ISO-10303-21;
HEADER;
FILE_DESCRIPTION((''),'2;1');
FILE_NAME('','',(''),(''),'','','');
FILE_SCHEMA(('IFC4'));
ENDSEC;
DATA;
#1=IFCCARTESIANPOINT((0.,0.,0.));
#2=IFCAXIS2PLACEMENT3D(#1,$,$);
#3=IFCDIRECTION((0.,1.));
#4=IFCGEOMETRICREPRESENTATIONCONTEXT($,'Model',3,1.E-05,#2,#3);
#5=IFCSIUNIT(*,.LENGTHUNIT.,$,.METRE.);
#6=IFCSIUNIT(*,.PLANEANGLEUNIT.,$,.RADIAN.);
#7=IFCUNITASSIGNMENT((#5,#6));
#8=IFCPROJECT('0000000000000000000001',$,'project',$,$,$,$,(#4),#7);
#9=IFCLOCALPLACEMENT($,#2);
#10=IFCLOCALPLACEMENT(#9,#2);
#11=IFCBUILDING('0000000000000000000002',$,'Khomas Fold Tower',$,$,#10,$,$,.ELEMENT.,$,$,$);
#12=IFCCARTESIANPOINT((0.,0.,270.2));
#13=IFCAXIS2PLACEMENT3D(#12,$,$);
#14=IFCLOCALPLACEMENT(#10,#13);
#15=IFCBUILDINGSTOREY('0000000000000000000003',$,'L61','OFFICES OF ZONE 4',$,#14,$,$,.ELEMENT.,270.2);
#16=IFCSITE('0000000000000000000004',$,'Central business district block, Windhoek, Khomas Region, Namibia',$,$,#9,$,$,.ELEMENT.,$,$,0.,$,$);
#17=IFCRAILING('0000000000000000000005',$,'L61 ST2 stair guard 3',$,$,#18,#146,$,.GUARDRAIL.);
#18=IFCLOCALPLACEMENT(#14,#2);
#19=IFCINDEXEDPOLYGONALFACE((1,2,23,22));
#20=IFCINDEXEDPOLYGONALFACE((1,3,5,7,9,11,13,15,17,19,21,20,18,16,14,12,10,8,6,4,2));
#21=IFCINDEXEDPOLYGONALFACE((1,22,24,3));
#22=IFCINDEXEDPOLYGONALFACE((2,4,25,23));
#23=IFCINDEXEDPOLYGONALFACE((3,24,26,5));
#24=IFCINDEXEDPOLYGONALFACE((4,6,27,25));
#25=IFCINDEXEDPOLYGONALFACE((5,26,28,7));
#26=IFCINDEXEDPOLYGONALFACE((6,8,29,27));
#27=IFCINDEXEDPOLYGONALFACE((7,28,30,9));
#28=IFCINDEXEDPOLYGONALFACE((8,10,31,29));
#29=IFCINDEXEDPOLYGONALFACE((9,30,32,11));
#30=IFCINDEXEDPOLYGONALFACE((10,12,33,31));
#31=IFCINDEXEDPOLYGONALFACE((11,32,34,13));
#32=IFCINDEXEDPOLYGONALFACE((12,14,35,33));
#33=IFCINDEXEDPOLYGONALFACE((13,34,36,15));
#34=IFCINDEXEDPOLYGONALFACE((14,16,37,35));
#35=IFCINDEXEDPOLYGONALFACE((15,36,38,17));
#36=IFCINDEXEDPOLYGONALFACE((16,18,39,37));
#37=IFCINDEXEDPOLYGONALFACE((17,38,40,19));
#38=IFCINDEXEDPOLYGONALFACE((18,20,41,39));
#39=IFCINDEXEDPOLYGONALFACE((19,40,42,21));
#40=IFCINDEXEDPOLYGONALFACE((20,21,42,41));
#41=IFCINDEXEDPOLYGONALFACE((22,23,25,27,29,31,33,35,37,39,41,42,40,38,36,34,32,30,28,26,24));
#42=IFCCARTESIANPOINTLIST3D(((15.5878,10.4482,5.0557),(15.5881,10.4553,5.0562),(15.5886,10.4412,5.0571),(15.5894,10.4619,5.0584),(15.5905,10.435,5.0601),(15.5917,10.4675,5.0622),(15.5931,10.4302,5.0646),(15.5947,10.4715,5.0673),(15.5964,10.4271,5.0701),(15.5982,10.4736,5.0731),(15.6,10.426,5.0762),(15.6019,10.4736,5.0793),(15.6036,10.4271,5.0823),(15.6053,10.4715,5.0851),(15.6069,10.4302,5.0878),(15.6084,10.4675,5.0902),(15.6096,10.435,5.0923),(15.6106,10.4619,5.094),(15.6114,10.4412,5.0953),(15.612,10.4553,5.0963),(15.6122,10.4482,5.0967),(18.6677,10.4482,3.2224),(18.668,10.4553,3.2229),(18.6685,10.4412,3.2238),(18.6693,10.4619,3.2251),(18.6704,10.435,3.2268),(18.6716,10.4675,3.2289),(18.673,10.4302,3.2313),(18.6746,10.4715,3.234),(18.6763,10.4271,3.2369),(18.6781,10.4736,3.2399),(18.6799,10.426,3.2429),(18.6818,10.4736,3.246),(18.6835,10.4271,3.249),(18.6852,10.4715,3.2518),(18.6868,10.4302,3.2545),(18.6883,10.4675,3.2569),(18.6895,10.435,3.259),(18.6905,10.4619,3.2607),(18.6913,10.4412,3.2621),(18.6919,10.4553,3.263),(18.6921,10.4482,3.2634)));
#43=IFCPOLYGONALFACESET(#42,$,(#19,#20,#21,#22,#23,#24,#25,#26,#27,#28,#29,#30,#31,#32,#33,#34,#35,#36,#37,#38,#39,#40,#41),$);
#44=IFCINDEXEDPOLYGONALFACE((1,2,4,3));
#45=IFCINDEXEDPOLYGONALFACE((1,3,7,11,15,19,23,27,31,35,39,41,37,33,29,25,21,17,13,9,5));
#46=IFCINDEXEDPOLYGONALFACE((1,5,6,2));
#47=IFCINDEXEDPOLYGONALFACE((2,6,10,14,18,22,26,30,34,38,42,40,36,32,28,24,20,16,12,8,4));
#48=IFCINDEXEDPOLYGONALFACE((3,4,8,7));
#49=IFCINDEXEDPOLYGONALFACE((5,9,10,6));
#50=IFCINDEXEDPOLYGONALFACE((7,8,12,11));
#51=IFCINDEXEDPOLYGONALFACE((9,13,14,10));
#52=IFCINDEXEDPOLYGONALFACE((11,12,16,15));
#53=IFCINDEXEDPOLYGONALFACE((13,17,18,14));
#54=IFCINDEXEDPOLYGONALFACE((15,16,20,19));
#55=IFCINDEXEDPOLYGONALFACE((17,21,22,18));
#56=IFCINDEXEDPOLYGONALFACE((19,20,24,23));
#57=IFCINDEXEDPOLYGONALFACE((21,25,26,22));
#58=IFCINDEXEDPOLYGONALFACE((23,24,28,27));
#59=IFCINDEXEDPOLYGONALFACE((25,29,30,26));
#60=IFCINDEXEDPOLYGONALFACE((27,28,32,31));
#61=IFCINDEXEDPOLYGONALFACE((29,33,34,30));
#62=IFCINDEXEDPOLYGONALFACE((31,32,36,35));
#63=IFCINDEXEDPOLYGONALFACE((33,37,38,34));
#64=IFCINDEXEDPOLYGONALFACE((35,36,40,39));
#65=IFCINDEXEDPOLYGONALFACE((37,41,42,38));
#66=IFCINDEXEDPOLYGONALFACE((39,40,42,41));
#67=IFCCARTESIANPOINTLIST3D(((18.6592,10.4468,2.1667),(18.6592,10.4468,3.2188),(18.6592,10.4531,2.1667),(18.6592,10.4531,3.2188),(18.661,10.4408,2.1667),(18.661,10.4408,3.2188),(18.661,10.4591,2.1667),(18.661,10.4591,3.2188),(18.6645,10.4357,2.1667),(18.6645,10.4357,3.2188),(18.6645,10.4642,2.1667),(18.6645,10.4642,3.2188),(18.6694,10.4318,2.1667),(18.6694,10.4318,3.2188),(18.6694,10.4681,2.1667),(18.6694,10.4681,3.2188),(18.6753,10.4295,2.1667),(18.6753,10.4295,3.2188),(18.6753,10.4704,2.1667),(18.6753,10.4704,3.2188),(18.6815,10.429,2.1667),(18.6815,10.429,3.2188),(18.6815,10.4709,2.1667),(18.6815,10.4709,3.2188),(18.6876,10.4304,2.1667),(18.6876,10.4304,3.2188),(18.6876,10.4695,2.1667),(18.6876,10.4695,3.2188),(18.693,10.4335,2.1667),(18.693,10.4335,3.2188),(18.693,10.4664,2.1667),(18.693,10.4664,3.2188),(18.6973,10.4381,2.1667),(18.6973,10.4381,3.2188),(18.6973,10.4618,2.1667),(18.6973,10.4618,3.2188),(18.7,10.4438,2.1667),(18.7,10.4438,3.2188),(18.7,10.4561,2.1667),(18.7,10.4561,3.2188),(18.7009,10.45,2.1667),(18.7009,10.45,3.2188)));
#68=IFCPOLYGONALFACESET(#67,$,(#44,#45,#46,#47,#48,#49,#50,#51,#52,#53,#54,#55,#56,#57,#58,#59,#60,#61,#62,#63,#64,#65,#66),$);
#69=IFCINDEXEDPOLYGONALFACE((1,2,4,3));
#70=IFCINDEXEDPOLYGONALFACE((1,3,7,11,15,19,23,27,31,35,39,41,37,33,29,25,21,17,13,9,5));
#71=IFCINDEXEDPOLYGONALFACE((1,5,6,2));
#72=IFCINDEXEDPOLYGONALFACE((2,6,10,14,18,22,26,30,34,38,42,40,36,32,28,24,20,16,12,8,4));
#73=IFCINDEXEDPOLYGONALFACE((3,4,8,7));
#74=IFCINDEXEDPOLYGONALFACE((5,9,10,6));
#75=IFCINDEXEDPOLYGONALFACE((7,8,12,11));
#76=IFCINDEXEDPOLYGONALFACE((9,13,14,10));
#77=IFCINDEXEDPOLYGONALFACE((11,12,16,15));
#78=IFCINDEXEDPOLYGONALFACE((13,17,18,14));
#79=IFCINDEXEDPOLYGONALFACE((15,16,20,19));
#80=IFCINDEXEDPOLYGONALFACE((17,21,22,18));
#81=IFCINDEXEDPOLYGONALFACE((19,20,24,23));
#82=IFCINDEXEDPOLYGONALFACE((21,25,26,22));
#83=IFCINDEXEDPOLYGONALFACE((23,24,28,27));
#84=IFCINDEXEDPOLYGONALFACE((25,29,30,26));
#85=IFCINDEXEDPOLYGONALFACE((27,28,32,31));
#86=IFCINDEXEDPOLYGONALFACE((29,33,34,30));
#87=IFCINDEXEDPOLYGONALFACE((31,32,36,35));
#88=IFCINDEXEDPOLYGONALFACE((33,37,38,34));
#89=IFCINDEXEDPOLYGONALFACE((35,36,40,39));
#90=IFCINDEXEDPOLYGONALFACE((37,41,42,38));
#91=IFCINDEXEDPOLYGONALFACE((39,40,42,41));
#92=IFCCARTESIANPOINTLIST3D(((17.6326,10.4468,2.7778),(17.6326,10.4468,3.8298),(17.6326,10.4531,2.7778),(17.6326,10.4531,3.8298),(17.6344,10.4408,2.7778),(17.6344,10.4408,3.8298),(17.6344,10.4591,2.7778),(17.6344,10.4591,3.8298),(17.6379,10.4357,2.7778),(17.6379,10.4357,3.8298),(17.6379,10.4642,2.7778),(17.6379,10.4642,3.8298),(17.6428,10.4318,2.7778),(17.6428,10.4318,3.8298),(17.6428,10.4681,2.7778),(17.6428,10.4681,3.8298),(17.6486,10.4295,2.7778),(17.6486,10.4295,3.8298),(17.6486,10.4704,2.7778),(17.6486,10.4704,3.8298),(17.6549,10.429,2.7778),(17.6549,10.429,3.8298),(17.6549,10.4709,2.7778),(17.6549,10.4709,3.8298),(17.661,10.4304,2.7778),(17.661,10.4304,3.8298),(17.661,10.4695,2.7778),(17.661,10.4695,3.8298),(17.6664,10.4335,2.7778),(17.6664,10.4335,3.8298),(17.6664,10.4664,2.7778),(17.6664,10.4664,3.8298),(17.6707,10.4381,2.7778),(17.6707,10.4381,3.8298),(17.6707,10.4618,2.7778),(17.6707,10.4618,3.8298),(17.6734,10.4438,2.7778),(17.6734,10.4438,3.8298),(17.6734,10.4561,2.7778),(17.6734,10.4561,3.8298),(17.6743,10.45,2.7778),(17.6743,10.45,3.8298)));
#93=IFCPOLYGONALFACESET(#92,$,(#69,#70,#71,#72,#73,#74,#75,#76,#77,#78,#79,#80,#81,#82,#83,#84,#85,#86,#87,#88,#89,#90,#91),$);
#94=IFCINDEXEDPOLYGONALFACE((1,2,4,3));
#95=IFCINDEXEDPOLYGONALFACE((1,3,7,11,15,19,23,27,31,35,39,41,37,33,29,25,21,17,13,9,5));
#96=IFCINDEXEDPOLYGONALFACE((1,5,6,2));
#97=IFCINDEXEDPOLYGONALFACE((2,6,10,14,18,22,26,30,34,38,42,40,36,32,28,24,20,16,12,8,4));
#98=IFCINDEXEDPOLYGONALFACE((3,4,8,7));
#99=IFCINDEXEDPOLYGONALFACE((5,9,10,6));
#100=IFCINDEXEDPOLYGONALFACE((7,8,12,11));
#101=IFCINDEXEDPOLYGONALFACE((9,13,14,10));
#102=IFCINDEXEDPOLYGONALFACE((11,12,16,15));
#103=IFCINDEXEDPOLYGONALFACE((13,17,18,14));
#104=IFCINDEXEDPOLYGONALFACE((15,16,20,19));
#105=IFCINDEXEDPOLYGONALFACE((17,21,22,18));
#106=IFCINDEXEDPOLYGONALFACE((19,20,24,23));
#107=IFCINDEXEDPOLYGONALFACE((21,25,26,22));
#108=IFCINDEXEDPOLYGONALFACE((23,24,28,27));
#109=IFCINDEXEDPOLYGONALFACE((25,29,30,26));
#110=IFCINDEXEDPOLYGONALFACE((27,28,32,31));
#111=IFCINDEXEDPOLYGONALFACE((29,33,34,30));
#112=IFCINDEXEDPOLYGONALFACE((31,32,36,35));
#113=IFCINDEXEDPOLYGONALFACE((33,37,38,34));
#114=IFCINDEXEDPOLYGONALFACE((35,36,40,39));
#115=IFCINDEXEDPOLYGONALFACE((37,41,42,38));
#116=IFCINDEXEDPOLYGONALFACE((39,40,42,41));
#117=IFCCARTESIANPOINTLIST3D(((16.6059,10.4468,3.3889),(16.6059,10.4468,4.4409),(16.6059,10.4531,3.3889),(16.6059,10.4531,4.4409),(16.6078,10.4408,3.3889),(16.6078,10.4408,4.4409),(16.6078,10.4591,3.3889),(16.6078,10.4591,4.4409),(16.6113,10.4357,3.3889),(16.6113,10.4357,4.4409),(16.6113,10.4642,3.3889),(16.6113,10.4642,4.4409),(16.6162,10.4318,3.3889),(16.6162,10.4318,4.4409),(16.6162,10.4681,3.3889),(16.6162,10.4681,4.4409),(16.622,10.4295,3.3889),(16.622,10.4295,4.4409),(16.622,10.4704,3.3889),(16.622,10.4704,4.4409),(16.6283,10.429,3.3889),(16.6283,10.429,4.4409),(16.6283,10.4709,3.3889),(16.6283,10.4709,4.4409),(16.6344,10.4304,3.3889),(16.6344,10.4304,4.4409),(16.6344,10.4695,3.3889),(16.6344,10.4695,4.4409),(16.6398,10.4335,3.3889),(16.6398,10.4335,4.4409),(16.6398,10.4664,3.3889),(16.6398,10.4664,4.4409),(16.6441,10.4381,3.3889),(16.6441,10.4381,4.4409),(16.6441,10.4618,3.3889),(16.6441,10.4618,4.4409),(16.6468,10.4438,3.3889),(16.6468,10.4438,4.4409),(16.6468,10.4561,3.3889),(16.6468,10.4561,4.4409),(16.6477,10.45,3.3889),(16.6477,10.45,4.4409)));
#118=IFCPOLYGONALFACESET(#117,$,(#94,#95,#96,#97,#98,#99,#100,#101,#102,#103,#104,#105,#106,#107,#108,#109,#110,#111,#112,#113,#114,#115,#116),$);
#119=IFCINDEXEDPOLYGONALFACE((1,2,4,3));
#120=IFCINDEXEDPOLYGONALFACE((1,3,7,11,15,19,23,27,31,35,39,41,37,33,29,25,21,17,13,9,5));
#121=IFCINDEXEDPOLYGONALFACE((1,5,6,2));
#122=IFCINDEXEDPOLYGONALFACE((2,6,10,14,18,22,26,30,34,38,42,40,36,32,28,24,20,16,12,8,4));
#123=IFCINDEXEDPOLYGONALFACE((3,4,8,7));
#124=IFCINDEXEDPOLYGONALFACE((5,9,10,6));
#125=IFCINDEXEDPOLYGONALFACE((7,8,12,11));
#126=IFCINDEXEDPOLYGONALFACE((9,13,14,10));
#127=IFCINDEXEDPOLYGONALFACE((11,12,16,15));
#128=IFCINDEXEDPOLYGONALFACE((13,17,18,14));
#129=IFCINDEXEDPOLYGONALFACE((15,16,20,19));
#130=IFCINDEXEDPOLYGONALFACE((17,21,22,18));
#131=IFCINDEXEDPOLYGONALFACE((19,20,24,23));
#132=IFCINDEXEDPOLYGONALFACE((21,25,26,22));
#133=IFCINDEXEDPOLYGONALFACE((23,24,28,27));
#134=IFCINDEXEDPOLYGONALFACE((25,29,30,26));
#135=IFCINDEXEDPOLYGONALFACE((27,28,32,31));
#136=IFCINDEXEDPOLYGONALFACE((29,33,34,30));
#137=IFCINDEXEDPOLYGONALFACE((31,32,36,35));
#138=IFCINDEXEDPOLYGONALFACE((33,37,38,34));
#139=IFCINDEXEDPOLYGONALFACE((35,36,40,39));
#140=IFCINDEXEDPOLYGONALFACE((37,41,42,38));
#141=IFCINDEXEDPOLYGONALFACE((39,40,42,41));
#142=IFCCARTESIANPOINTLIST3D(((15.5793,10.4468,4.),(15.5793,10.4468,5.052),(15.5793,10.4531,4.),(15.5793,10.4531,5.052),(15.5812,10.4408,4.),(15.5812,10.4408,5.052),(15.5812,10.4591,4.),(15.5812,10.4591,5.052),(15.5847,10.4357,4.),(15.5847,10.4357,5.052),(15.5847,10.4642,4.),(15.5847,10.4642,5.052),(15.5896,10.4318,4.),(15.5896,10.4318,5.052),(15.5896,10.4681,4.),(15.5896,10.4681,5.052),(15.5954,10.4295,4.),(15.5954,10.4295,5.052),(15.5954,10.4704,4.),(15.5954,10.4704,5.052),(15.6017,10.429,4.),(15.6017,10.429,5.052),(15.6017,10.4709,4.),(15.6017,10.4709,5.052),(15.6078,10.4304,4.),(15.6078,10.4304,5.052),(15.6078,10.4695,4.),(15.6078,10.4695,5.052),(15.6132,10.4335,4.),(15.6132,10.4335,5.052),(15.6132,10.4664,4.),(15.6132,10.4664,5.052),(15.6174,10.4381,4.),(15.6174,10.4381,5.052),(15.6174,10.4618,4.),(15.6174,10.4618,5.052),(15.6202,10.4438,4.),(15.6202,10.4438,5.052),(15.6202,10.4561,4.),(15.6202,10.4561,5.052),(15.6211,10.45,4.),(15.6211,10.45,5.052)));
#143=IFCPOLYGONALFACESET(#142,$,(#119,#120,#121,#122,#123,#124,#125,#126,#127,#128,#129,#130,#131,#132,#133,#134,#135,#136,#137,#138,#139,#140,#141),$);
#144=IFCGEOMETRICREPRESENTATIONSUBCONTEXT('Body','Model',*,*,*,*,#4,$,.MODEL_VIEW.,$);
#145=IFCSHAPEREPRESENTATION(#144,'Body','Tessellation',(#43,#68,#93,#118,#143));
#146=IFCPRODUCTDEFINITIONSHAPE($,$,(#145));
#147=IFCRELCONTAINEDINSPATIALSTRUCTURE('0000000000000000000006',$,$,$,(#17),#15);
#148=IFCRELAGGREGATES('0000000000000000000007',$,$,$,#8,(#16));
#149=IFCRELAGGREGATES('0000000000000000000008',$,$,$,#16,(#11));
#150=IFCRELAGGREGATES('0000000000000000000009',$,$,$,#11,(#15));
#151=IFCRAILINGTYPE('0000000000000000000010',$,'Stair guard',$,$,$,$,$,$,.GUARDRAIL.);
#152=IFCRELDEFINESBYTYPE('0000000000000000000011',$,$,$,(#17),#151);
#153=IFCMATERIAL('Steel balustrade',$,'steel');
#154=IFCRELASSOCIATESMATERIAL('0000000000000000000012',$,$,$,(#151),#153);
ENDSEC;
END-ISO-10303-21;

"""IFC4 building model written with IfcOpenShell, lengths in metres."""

from ifc_helpers import new_model, si_unit, direction, frame, origin, origin_2d, place, context, subcontext, project, spatial, circle, extrude, source, transform, mapped, material, type_object, element, save


model = new_model("IFC4")

# Units and contexts
model_context = context("Model", 3, precision=1e-05, world=origin(), true_north=direction((0.0, 1.0)))
body_context = subcontext(model_context, "Body", "Model", "MODEL_VIEW")
ifc_project = project(units=[si_unit("LENGTHUNIT", "METRE"), si_unit("PLANEANGLEUNIT", "RADIAN")], contexts=[model_context])

# Site, building, storey
site_placement = place(None, origin())
site = spatial("IfcSite", under=ifc_project, at=site_placement, Name="Central business district block, Windhoek, Khomas Region, Namibia", CompositionType="ELEMENT", RefElevation=0.0)
building_placement = place(site_placement, origin())
building = spatial("IfcBuilding", under=site, at=building_placement, Name="Khomas Fold Tower", CompositionType="ELEMENT")
storey_placement = place(building_placement, frame((0.0, 0.0, 270.2)))
storey = spatial("IfcBuildingStorey", under=building, at=storey_placement, Name="L61", Description="OFFICES OF ZONE 4", CompositionType="ELEMENT", Elevation=270.2)

# Railing
ifc_material_1 = material(Name="Steel balustrade", Category="steel")
railing_type_1 = type_object("IfcRailingType", Name="Stair guard", PredefinedType="GUARDRAIL", material=ifc_material_1)
shared_shape_1 = source(origin(), body_context, "Body", "SweptSolid", [
    extrude(circle(Radius=0.0239, at=origin_2d()), frame((0.0, 0.0, 1.0762), z_axis=(-0.859291, 0.0, 0.511487), x_axis=(0.0, -1.0, 0.0)), (0.0, 0.0, 1.0), 3.5842),
    extrude(circle(Radius=0.021, at=origin_2d()), origin(), (0.0, 0.0, 1.0), 1.052),
    extrude(circle(Radius=0.021, at=origin_2d()), frame((-1.0266, 0.0, 0.6111)), (0.0, 0.0, 1.0), 1.052),
    extrude(circle(Radius=0.021, at=origin_2d()), frame((-2.0532, 0.0, 1.2222)), (0.0, 0.0, 1.0), 1.052),
    extrude(circle(Radius=0.021, at=origin_2d()), frame((-3.0798, 0.0, 1.8333)), (0.0, 0.0, 1.0), 1.052),
])
railing_1_placement = place(storey_placement, frame((18.6799, 10.45, 2.1667)))
element("IfcRailing", 1, at=railing_1_placement, inside=storey, type_object=railing_type_1, Name="L61 ST2 stair guard 3", PredefinedType="GUARDRAIL", context=body_context, shape_type="MappedRepresentation", body=[
    mapped(shared_shape_1, transform((0.0, 0.0, 0.0))),
])

save(model, "model.ifc")
